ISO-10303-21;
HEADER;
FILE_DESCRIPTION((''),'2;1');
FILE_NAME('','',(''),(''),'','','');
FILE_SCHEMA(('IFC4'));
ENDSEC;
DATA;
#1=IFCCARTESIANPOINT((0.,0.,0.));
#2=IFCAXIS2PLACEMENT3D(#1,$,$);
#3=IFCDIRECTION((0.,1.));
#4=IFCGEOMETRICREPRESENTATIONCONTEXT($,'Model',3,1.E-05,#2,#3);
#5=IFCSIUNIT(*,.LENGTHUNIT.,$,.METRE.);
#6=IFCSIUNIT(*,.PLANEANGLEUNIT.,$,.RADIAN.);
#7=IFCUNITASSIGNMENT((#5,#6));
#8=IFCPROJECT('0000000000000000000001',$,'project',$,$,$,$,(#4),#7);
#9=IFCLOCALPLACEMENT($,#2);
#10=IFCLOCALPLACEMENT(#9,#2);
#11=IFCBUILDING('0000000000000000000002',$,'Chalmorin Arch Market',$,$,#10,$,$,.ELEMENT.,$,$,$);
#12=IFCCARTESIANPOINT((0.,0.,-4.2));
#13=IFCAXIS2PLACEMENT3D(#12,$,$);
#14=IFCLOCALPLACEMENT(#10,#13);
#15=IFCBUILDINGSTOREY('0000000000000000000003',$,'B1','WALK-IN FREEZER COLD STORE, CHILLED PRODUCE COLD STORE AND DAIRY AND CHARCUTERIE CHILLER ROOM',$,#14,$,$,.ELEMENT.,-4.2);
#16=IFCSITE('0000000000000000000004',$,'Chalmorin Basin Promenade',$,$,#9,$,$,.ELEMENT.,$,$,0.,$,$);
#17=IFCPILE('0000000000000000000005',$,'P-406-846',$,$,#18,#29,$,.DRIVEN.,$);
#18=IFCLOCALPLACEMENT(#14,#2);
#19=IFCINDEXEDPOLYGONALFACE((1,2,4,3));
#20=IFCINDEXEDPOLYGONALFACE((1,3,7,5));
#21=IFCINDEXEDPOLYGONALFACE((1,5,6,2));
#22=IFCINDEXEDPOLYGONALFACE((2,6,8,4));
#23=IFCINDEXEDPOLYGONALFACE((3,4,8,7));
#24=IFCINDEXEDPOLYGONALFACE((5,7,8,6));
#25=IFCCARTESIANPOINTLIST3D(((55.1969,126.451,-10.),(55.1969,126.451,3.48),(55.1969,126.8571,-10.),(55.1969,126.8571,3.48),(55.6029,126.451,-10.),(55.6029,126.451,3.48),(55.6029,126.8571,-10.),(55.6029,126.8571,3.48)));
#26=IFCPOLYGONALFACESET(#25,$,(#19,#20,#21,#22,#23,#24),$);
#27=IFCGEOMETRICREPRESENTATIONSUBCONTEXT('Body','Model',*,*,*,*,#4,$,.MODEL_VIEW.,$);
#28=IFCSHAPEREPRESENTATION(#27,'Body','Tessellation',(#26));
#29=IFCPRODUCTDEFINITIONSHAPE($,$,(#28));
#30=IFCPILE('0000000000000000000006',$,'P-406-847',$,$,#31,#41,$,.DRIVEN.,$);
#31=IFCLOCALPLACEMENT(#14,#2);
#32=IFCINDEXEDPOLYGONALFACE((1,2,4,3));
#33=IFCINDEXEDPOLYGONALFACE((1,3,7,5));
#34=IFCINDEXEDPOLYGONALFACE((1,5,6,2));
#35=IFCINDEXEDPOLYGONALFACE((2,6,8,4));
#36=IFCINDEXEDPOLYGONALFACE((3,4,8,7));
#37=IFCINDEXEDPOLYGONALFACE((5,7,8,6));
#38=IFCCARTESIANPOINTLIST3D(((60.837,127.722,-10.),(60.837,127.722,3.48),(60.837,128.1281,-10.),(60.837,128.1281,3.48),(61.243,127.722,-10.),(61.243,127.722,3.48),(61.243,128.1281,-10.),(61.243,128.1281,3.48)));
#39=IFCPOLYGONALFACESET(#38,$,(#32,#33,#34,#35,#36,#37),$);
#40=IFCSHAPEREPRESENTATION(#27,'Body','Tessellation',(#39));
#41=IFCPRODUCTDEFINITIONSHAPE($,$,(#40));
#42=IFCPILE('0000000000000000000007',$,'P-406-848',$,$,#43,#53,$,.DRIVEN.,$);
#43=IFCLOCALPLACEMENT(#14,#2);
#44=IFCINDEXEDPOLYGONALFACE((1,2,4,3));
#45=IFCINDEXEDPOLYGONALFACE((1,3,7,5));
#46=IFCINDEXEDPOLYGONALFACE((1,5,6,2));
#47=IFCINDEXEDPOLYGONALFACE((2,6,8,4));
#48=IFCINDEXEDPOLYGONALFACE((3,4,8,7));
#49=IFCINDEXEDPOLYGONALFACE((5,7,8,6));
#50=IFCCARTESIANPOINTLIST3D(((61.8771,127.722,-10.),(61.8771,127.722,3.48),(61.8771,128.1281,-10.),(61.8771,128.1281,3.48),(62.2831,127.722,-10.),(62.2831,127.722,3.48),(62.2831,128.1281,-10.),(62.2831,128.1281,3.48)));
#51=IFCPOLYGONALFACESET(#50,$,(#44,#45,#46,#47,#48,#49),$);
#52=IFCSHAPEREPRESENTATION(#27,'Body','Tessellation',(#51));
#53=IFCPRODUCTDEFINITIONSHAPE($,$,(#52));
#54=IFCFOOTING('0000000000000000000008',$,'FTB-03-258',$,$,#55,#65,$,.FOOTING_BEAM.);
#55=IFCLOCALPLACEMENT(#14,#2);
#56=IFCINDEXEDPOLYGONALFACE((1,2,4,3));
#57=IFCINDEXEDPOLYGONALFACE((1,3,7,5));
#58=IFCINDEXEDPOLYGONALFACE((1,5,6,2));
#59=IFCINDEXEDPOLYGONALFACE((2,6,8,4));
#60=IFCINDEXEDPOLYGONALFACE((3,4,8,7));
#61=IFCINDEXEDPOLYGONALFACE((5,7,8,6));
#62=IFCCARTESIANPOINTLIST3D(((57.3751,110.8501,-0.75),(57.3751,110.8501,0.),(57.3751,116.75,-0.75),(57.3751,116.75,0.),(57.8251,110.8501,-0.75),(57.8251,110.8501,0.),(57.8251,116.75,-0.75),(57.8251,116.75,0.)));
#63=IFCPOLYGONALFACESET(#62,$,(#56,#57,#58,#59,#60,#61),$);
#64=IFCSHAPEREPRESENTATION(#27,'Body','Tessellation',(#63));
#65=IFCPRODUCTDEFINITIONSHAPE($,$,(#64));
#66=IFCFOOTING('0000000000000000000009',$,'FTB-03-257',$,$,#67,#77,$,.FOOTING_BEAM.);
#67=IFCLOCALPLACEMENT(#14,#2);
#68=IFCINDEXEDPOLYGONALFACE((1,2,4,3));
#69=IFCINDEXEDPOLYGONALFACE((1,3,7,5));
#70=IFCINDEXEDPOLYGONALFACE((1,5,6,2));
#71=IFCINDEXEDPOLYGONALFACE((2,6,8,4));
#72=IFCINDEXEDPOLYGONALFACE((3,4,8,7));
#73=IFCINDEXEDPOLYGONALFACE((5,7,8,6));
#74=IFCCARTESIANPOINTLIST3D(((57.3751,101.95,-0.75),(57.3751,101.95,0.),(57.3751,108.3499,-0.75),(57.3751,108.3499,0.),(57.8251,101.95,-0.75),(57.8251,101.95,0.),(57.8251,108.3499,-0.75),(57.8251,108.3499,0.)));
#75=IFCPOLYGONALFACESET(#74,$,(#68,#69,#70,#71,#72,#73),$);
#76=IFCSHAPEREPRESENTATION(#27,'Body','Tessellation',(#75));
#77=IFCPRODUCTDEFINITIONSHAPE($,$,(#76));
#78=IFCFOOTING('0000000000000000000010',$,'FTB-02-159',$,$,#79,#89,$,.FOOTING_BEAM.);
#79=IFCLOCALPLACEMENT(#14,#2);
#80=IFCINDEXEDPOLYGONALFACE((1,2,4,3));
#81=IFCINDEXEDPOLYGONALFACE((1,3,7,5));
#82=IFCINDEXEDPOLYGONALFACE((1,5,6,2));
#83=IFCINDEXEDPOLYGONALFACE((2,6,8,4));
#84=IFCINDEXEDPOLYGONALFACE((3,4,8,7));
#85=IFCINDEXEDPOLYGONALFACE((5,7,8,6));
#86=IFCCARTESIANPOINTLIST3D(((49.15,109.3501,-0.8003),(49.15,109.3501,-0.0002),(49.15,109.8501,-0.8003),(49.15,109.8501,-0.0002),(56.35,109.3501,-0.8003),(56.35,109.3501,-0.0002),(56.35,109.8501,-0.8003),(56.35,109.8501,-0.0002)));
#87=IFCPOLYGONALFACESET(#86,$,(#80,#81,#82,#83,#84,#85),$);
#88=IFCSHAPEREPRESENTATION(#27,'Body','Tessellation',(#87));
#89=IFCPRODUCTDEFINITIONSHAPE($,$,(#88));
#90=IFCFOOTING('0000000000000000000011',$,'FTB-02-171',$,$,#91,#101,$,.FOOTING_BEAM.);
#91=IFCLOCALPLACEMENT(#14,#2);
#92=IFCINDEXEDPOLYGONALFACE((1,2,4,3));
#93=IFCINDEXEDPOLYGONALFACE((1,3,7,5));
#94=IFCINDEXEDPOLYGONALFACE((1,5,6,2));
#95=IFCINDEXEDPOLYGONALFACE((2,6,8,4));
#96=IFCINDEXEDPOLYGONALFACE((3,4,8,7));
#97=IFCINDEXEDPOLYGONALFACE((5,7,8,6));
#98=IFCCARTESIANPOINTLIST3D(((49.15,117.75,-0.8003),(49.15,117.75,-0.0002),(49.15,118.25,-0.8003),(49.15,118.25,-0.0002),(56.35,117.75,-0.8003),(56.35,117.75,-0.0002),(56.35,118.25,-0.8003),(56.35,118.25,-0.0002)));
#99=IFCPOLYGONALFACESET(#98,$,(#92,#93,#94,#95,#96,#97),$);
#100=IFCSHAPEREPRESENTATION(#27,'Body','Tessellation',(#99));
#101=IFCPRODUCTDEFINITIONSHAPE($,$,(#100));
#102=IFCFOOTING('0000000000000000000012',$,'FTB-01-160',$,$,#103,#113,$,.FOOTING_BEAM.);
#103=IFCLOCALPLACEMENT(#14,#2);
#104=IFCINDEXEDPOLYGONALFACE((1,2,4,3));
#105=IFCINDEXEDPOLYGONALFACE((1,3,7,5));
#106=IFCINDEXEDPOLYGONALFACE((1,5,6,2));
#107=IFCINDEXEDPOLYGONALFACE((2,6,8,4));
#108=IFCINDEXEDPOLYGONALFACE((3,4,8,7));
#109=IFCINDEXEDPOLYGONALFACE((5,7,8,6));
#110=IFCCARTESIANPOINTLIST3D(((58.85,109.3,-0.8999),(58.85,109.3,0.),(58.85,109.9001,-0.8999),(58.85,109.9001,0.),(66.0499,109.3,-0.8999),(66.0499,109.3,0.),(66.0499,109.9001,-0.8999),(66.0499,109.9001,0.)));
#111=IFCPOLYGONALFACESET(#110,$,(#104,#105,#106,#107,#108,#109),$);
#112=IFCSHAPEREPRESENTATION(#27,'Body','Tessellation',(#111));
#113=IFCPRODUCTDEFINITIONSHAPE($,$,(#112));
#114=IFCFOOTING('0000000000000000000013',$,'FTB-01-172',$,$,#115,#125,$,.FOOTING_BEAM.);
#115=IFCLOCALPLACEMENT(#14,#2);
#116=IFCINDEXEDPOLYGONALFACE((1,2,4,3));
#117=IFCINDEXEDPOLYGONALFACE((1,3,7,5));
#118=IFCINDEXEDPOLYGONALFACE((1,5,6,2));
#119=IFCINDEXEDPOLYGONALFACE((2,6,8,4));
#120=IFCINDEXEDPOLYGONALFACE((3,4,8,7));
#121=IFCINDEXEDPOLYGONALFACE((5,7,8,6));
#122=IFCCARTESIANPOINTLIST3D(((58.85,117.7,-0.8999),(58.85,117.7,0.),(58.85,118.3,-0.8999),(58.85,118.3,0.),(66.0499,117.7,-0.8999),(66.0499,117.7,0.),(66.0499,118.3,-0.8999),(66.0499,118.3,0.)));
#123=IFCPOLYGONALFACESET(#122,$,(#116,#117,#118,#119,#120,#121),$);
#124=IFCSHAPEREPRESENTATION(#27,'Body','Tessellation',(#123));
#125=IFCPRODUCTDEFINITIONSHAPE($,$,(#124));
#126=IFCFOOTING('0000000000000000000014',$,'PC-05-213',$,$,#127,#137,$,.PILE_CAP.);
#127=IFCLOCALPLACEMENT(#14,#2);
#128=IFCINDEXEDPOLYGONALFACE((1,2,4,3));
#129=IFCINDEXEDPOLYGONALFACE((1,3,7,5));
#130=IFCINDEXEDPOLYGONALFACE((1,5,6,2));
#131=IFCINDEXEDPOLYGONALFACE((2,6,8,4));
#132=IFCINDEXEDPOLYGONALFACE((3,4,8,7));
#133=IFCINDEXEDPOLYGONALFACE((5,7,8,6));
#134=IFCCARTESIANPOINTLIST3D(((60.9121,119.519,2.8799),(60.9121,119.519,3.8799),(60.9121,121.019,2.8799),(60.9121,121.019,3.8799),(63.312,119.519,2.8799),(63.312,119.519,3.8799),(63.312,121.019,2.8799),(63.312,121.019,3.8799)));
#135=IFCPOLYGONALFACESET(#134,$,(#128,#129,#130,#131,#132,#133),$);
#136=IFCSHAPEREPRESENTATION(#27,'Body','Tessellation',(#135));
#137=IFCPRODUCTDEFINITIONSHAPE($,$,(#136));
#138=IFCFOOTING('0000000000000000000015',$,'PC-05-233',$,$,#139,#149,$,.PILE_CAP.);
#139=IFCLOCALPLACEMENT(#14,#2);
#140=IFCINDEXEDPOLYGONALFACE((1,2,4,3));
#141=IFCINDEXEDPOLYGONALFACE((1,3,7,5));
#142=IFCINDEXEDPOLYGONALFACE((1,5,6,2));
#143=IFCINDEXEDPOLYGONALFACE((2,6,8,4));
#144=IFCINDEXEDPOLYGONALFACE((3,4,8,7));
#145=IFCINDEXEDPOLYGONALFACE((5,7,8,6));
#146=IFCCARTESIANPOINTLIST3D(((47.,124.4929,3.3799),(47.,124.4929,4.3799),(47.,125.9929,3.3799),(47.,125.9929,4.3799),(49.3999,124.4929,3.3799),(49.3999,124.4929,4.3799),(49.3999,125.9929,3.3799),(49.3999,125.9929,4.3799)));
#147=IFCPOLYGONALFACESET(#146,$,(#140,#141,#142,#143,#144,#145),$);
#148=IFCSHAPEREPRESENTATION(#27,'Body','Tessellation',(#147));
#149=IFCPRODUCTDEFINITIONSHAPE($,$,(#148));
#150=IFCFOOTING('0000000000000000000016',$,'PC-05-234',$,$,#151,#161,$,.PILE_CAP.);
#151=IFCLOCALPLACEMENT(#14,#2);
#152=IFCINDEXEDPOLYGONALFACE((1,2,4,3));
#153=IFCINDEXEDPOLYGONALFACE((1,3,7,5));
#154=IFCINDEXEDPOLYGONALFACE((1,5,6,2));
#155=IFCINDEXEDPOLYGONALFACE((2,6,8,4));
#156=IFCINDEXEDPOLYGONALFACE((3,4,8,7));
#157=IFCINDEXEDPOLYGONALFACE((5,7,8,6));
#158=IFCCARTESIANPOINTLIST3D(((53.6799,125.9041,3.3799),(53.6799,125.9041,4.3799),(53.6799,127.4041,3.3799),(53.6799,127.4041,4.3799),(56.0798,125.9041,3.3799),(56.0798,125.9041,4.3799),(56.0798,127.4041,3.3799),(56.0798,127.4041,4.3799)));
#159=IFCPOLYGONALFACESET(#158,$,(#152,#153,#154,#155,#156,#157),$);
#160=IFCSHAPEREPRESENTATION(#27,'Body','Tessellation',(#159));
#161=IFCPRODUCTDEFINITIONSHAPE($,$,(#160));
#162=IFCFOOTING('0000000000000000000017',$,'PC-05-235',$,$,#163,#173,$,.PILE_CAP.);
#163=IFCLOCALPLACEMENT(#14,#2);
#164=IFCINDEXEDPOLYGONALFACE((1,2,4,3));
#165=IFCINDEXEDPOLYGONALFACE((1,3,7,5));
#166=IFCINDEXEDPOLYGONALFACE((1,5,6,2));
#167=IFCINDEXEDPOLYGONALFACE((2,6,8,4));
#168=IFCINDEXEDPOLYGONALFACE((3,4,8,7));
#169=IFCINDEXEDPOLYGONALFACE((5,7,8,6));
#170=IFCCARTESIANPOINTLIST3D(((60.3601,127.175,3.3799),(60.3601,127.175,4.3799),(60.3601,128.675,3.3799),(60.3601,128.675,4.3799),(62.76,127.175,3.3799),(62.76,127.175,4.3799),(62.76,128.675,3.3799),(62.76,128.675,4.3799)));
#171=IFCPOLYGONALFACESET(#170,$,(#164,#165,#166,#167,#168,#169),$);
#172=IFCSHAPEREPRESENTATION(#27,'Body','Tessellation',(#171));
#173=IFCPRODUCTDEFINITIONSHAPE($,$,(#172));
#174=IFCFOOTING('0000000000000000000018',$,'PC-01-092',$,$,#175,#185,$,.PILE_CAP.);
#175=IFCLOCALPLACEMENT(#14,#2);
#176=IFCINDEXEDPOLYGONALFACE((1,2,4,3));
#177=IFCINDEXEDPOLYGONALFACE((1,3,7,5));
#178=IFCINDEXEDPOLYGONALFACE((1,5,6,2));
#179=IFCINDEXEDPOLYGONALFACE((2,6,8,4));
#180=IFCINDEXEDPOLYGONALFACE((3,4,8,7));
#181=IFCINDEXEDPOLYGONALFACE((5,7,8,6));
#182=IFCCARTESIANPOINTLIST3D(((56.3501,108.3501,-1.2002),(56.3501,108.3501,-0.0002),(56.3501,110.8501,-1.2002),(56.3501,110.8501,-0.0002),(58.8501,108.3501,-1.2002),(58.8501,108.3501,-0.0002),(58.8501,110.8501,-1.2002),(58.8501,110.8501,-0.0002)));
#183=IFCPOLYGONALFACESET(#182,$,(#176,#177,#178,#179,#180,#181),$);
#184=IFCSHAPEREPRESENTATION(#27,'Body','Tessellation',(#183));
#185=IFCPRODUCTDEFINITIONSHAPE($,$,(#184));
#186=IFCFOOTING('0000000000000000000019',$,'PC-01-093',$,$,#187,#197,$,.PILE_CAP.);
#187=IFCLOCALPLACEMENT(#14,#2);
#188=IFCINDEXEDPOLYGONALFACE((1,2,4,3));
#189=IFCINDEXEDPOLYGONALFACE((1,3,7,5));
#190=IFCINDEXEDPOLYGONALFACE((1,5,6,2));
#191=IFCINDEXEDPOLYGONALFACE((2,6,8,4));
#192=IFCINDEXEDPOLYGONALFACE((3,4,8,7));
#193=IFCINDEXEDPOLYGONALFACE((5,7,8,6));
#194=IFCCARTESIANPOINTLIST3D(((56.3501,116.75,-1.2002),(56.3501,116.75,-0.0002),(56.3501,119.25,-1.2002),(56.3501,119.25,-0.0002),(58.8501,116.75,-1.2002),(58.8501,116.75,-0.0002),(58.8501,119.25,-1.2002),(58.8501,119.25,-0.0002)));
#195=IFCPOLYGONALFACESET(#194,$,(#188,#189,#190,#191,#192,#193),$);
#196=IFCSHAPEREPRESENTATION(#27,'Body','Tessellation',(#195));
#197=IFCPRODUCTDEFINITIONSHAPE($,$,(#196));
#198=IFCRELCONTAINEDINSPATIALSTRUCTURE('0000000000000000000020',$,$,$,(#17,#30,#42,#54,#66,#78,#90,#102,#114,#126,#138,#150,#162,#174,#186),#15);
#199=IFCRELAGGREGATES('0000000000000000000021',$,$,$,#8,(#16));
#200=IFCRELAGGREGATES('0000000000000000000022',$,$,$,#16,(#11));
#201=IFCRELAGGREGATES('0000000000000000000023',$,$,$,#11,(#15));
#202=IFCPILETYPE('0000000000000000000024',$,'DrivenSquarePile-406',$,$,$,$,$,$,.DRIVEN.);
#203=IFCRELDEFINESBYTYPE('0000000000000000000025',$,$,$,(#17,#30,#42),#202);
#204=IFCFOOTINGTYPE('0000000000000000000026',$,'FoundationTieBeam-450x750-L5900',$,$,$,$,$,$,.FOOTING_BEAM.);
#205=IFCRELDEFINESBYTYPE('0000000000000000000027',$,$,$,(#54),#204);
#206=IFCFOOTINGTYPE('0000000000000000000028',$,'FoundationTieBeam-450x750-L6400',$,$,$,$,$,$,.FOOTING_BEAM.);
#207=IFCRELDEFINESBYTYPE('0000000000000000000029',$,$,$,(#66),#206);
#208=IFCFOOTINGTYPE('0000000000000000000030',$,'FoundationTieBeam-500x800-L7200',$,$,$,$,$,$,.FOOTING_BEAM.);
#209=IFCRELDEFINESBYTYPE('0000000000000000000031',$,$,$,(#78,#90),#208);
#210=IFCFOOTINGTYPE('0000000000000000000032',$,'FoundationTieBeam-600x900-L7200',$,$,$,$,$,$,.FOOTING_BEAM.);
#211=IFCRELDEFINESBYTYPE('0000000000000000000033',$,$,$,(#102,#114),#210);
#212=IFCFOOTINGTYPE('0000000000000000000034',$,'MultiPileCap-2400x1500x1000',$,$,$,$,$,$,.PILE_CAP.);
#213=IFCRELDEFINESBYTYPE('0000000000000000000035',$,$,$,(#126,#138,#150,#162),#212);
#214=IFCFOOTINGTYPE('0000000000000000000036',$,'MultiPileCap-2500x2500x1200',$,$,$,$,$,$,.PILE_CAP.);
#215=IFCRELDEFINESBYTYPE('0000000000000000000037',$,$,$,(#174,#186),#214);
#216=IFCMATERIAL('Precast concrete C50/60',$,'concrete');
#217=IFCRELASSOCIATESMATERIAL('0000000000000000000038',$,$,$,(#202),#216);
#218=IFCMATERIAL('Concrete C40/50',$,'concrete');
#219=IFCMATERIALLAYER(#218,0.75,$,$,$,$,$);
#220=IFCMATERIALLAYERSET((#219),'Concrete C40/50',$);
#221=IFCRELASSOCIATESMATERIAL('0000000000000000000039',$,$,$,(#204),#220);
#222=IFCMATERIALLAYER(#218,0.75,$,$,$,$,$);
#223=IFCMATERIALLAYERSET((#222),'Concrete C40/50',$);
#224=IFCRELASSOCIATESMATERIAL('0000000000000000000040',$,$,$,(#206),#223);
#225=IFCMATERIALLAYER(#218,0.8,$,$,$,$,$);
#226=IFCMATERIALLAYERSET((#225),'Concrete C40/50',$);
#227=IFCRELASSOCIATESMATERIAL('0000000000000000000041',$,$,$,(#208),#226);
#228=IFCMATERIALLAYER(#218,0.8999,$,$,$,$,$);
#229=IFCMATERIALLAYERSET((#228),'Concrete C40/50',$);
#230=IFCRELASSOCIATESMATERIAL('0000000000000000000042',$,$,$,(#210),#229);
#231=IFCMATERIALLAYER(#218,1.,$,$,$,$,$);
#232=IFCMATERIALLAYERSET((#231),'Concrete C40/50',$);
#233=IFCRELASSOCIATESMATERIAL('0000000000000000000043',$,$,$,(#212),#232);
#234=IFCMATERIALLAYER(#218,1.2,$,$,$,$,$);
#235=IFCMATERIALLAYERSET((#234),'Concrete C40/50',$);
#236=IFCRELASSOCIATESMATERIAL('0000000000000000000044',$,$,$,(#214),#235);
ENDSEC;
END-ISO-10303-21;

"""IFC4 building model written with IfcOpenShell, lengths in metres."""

from ifc_helpers import new_model, si_unit, direction, frame, origin, origin_2d, place, context, subcontext, project, spatial, rectangle, extrude, material, layer, layer_set, material_profile, profile_set, type_object, element, save


model = new_model("IFC4")

# Units and contexts
model_context = context("Model", 3, precision=1e-05, world=origin(), true_north=direction((0.0, 1.0)))
body_context = subcontext(model_context, "Body", "Model", "MODEL_VIEW")
ifc_project = project(units=[si_unit("LENGTHUNIT", "METRE"), si_unit("PLANEANGLEUNIT", "RADIAN")], contexts=[model_context])

# Site, building, storey
site_placement = place(None, origin())
site = spatial("IfcSite", under=ifc_project, at=site_placement, Name="Chalmorin Basin Promenade", CompositionType="ELEMENT", RefElevation=0.0)
building_placement = place(site_placement, origin())
building = spatial("IfcBuilding", under=site, at=building_placement, Name="Chalmorin Arch Market", CompositionType="ELEMENT")
storey_placement = place(building_placement, frame((0.0, 0.0, -4.2)))
storey = spatial("IfcBuildingStorey", under=building, at=storey_placement, Name="B1", Description="WALK-IN FREEZER COLD STORE, CHILLED PRODUCE COLD STORE AND DAIRY AND CHARCUTERIE CHILLER ROOM", CompositionType="ELEMENT", Elevation=-4.2)

# Piles
ifc_material_1 = material(Name="Precast concrete C50/60", Category="concrete")
ifc_material_profile_1 = material_profile(ifc_material_1, rectangle(XDim=0.406, YDim=0.406, at=origin_2d()), Name="PPC406")
ifc_profile_set_1 = profile_set([ifc_material_profile_1], Name="Precast concrete C50/60")
pile_type = type_object("IfcPileType", Name="DrivenSquarePile-406", PredefinedType="DRIVEN", material=ifc_profile_set_1)
for number, where, z_axis, x_axis, name in (
    (1, (55.3999, 126.6541, 3.48), (0.0, 0.0, -1.0), (1.0, 0.0, 0.0), "P-406-846"),
    (2, (61.04, 127.925, 3.48), (0.0, 0.0, -1.0), (1.0, 0.0, 0.0), "P-406-847"),
    (3, (62.0801, 127.925, 3.48), (0.0, 0.0, -1.0), (1.0, 0.0, 0.0), "P-406-848"),
):
    element("IfcPile", number, at=place(storey_placement, frame(where, z_axis=z_axis, x_axis=x_axis)), inside=storey, type_object=pile_type, Name=name, PredefinedType="DRIVEN", context=body_context, shape_type="SweptSolid", body=[
        extrude(rectangle(XDim=0.406, YDim=0.406, at=origin_2d()), origin(), (0.0, 0.0, 1.0), 13.48),
    ])

# Footings
ifc_material_2 = material(Name="Concrete C40/50", Category="concrete")
ifc_layer_1 = layer(ifc_material_2, 0.75)
ifc_layer_set_1 = layer_set([ifc_layer_1], Name="Concrete C40/50")
footing_type_1 = type_object("IfcFootingType", Name="FoundationTieBeam-450x750-L5900", PredefinedType="FOOTING_BEAM", material=ifc_layer_set_1)
footing_1_placement = place(storey_placement, frame((57.6001, 113.8, -0.75), z_axis=(0.0, 0.0, 1.0), x_axis=(0.0, 1.0, 0.0)))
element("IfcFooting", 4, at=footing_1_placement, inside=storey, type_object=footing_type_1, Name="FTB-03-258", PredefinedType="FOOTING_BEAM", context=body_context, shape_type="SweptSolid", body=[
    extrude(rectangle(XDim=5.8999, YDim=0.45, at=origin_2d()), origin(), (0.0, 0.0, 1.0), 0.75),
])
ifc_layer_2 = layer(ifc_material_2, 0.75)
ifc_layer_set_2 = layer_set([ifc_layer_2], Name="Concrete C40/50")
footing_type_2 = type_object("IfcFootingType", Name="FoundationTieBeam-450x750-L6400", PredefinedType="FOOTING_BEAM", material=ifc_layer_set_2)
footing_2_placement = place(storey_placement, frame((57.6001, 105.1499, -0.75), z_axis=(0.0, 0.0, 1.0), x_axis=(0.0, 1.0, 0.0)))
element("IfcFooting", 5, at=footing_2_placement, inside=storey, type_object=footing_type_2, Name="FTB-03-257", PredefinedType="FOOTING_BEAM", context=body_context, shape_type="SweptSolid", body=[
    extrude(rectangle(XDim=6.3999, YDim=0.45, at=origin_2d()), origin(), (0.0, 0.0, 1.0), 0.75),
])
ifc_layer_3 = layer(ifc_material_2, 0.8)
ifc_layer_set_3 = layer_set([ifc_layer_3], Name="Concrete C40/50")
footing_type_3 = type_object("IfcFootingType", Name="FoundationTieBeam-500x800-L7200", PredefinedType="FOOTING_BEAM", material=ifc_layer_set_3)
for number, where, z_axis, x_axis, name in (
    (6, (52.75, 109.6001, -0.8003), (0.0, 0.0, 1.0), (1.0, 0.0, 0.0), "FTB-02-159"),
    (7, (52.75, 118.0, -0.8003), (0.0, 0.0, 1.0), (1.0, 0.0, 0.0), "FTB-02-171"),
):
    element("IfcFooting", number, at=place(storey_placement, frame(where, z_axis=z_axis, x_axis=x_axis)), inside=storey, type_object=footing_type_3, Name=name, PredefinedType="FOOTING_BEAM", context=body_context, shape_type="SweptSolid", body=[
        extrude(rectangle(XDim=7.2, YDim=0.5, at=origin_2d()), origin(), (0.0, 0.0, 1.0), 0.8),
    ])
ifc_layer_4 = layer(ifc_material_2, 0.8999)
ifc_layer_set_4 = layer_set([ifc_layer_4], Name="Concrete C40/50")
footing_type_4 = type_object("IfcFootingType", Name="FoundationTieBeam-600x900-L7200", PredefinedType="FOOTING_BEAM", material=ifc_layer_set_4)
for number, where, z_axis, x_axis, name in (
    (8, (62.45, 109.6001, -0.8999), (0.0, 0.0, 1.0), (1.0, 0.0, 0.0), "FTB-01-160"),
    (9, (62.45, 118.0, -0.8999), (0.0, 0.0, 1.0), (1.0, 0.0, 0.0), "FTB-01-172"),
):
    element("IfcFooting", number, at=place(storey_placement, frame(where, z_axis=z_axis, x_axis=x_axis)), inside=storey, type_object=footing_type_4, Name=name, PredefinedType="FOOTING_BEAM", context=body_context, shape_type="SweptSolid", body=[
        extrude(rectangle(XDim=7.2, YDim=0.6001, at=origin_2d()), origin(), (0.0, 0.0, 1.0), 0.8999),
    ])
ifc_layer_5 = layer(ifc_material_2, 1.0)
ifc_layer_set_5 = layer_set([ifc_layer_5], Name="Concrete C40/50")
footing_type_5 = type_object("IfcFootingType", Name="MultiPileCap-2400x1500x1000", PredefinedType="PILE_CAP", material=ifc_layer_set_5)
for number, where, z_axis, x_axis, name in (
    (10, (62.1121, 120.269, 2.8799), (0.0, 0.0, 1.0), (1.0, 0.0, 0.0), "PC-05-213"),
    (11, (48.2, 125.2429, 3.3799), (0.0, 0.0, 1.0), (1.0, 0.0, 0.0), "PC-05-233"),
    (12, (54.8799, 126.6541, 3.3799), (0.0, 0.0, 1.0), (1.0, 0.0, 0.0), "PC-05-234"),
    (13, (61.5601, 127.925, 3.3799), (0.0, 0.0, 1.0), (1.0, 0.0, 0.0), "PC-05-235"),
):
    element("IfcFooting", number, at=place(storey_placement, frame(where, z_axis=z_axis, x_axis=x_axis)), inside=storey, type_object=footing_type_5, Name=name, PredefinedType="PILE_CAP", context=body_context, shape_type="SweptSolid", body=[
        extrude(rectangle(XDim=2.3999, YDim=1.5, at=origin_2d()), origin(), (0.0, 0.0, 1.0), 1.0),
    ])
ifc_layer_6 = layer(ifc_material_2, 1.2)
ifc_layer_set_6 = layer_set([ifc_layer_6], Name="Concrete C40/50")
footing_type_6 = type_object("IfcFootingType", Name="MultiPileCap-2500x2500x1200", PredefinedType="PILE_CAP", material=ifc_layer_set_6)
for number, where, z_axis, x_axis, name in (
    (14, (57.6001, 109.6001, -1.2002), (0.0, 0.0, 1.0), (1.0, 0.0, 0.0), "PC-01-092"),
    (15, (57.6001, 118.0, -1.2002), (0.0, 0.0, 1.0), (1.0, 0.0, 0.0), "PC-01-093"),
):
    element("IfcFooting", number, at=place(storey_placement, frame(where, z_axis=z_axis, x_axis=x_axis)), inside=storey, type_object=footing_type_6, Name=name, PredefinedType="PILE_CAP", context=body_context, shape_type="SweptSolid", body=[
        extrude(rectangle(XDim=2.5, YDim=2.5, at=origin_2d()), origin(), (0.0, 0.0, 1.0), 1.2),
    ])

save(model, "model.ifc")
